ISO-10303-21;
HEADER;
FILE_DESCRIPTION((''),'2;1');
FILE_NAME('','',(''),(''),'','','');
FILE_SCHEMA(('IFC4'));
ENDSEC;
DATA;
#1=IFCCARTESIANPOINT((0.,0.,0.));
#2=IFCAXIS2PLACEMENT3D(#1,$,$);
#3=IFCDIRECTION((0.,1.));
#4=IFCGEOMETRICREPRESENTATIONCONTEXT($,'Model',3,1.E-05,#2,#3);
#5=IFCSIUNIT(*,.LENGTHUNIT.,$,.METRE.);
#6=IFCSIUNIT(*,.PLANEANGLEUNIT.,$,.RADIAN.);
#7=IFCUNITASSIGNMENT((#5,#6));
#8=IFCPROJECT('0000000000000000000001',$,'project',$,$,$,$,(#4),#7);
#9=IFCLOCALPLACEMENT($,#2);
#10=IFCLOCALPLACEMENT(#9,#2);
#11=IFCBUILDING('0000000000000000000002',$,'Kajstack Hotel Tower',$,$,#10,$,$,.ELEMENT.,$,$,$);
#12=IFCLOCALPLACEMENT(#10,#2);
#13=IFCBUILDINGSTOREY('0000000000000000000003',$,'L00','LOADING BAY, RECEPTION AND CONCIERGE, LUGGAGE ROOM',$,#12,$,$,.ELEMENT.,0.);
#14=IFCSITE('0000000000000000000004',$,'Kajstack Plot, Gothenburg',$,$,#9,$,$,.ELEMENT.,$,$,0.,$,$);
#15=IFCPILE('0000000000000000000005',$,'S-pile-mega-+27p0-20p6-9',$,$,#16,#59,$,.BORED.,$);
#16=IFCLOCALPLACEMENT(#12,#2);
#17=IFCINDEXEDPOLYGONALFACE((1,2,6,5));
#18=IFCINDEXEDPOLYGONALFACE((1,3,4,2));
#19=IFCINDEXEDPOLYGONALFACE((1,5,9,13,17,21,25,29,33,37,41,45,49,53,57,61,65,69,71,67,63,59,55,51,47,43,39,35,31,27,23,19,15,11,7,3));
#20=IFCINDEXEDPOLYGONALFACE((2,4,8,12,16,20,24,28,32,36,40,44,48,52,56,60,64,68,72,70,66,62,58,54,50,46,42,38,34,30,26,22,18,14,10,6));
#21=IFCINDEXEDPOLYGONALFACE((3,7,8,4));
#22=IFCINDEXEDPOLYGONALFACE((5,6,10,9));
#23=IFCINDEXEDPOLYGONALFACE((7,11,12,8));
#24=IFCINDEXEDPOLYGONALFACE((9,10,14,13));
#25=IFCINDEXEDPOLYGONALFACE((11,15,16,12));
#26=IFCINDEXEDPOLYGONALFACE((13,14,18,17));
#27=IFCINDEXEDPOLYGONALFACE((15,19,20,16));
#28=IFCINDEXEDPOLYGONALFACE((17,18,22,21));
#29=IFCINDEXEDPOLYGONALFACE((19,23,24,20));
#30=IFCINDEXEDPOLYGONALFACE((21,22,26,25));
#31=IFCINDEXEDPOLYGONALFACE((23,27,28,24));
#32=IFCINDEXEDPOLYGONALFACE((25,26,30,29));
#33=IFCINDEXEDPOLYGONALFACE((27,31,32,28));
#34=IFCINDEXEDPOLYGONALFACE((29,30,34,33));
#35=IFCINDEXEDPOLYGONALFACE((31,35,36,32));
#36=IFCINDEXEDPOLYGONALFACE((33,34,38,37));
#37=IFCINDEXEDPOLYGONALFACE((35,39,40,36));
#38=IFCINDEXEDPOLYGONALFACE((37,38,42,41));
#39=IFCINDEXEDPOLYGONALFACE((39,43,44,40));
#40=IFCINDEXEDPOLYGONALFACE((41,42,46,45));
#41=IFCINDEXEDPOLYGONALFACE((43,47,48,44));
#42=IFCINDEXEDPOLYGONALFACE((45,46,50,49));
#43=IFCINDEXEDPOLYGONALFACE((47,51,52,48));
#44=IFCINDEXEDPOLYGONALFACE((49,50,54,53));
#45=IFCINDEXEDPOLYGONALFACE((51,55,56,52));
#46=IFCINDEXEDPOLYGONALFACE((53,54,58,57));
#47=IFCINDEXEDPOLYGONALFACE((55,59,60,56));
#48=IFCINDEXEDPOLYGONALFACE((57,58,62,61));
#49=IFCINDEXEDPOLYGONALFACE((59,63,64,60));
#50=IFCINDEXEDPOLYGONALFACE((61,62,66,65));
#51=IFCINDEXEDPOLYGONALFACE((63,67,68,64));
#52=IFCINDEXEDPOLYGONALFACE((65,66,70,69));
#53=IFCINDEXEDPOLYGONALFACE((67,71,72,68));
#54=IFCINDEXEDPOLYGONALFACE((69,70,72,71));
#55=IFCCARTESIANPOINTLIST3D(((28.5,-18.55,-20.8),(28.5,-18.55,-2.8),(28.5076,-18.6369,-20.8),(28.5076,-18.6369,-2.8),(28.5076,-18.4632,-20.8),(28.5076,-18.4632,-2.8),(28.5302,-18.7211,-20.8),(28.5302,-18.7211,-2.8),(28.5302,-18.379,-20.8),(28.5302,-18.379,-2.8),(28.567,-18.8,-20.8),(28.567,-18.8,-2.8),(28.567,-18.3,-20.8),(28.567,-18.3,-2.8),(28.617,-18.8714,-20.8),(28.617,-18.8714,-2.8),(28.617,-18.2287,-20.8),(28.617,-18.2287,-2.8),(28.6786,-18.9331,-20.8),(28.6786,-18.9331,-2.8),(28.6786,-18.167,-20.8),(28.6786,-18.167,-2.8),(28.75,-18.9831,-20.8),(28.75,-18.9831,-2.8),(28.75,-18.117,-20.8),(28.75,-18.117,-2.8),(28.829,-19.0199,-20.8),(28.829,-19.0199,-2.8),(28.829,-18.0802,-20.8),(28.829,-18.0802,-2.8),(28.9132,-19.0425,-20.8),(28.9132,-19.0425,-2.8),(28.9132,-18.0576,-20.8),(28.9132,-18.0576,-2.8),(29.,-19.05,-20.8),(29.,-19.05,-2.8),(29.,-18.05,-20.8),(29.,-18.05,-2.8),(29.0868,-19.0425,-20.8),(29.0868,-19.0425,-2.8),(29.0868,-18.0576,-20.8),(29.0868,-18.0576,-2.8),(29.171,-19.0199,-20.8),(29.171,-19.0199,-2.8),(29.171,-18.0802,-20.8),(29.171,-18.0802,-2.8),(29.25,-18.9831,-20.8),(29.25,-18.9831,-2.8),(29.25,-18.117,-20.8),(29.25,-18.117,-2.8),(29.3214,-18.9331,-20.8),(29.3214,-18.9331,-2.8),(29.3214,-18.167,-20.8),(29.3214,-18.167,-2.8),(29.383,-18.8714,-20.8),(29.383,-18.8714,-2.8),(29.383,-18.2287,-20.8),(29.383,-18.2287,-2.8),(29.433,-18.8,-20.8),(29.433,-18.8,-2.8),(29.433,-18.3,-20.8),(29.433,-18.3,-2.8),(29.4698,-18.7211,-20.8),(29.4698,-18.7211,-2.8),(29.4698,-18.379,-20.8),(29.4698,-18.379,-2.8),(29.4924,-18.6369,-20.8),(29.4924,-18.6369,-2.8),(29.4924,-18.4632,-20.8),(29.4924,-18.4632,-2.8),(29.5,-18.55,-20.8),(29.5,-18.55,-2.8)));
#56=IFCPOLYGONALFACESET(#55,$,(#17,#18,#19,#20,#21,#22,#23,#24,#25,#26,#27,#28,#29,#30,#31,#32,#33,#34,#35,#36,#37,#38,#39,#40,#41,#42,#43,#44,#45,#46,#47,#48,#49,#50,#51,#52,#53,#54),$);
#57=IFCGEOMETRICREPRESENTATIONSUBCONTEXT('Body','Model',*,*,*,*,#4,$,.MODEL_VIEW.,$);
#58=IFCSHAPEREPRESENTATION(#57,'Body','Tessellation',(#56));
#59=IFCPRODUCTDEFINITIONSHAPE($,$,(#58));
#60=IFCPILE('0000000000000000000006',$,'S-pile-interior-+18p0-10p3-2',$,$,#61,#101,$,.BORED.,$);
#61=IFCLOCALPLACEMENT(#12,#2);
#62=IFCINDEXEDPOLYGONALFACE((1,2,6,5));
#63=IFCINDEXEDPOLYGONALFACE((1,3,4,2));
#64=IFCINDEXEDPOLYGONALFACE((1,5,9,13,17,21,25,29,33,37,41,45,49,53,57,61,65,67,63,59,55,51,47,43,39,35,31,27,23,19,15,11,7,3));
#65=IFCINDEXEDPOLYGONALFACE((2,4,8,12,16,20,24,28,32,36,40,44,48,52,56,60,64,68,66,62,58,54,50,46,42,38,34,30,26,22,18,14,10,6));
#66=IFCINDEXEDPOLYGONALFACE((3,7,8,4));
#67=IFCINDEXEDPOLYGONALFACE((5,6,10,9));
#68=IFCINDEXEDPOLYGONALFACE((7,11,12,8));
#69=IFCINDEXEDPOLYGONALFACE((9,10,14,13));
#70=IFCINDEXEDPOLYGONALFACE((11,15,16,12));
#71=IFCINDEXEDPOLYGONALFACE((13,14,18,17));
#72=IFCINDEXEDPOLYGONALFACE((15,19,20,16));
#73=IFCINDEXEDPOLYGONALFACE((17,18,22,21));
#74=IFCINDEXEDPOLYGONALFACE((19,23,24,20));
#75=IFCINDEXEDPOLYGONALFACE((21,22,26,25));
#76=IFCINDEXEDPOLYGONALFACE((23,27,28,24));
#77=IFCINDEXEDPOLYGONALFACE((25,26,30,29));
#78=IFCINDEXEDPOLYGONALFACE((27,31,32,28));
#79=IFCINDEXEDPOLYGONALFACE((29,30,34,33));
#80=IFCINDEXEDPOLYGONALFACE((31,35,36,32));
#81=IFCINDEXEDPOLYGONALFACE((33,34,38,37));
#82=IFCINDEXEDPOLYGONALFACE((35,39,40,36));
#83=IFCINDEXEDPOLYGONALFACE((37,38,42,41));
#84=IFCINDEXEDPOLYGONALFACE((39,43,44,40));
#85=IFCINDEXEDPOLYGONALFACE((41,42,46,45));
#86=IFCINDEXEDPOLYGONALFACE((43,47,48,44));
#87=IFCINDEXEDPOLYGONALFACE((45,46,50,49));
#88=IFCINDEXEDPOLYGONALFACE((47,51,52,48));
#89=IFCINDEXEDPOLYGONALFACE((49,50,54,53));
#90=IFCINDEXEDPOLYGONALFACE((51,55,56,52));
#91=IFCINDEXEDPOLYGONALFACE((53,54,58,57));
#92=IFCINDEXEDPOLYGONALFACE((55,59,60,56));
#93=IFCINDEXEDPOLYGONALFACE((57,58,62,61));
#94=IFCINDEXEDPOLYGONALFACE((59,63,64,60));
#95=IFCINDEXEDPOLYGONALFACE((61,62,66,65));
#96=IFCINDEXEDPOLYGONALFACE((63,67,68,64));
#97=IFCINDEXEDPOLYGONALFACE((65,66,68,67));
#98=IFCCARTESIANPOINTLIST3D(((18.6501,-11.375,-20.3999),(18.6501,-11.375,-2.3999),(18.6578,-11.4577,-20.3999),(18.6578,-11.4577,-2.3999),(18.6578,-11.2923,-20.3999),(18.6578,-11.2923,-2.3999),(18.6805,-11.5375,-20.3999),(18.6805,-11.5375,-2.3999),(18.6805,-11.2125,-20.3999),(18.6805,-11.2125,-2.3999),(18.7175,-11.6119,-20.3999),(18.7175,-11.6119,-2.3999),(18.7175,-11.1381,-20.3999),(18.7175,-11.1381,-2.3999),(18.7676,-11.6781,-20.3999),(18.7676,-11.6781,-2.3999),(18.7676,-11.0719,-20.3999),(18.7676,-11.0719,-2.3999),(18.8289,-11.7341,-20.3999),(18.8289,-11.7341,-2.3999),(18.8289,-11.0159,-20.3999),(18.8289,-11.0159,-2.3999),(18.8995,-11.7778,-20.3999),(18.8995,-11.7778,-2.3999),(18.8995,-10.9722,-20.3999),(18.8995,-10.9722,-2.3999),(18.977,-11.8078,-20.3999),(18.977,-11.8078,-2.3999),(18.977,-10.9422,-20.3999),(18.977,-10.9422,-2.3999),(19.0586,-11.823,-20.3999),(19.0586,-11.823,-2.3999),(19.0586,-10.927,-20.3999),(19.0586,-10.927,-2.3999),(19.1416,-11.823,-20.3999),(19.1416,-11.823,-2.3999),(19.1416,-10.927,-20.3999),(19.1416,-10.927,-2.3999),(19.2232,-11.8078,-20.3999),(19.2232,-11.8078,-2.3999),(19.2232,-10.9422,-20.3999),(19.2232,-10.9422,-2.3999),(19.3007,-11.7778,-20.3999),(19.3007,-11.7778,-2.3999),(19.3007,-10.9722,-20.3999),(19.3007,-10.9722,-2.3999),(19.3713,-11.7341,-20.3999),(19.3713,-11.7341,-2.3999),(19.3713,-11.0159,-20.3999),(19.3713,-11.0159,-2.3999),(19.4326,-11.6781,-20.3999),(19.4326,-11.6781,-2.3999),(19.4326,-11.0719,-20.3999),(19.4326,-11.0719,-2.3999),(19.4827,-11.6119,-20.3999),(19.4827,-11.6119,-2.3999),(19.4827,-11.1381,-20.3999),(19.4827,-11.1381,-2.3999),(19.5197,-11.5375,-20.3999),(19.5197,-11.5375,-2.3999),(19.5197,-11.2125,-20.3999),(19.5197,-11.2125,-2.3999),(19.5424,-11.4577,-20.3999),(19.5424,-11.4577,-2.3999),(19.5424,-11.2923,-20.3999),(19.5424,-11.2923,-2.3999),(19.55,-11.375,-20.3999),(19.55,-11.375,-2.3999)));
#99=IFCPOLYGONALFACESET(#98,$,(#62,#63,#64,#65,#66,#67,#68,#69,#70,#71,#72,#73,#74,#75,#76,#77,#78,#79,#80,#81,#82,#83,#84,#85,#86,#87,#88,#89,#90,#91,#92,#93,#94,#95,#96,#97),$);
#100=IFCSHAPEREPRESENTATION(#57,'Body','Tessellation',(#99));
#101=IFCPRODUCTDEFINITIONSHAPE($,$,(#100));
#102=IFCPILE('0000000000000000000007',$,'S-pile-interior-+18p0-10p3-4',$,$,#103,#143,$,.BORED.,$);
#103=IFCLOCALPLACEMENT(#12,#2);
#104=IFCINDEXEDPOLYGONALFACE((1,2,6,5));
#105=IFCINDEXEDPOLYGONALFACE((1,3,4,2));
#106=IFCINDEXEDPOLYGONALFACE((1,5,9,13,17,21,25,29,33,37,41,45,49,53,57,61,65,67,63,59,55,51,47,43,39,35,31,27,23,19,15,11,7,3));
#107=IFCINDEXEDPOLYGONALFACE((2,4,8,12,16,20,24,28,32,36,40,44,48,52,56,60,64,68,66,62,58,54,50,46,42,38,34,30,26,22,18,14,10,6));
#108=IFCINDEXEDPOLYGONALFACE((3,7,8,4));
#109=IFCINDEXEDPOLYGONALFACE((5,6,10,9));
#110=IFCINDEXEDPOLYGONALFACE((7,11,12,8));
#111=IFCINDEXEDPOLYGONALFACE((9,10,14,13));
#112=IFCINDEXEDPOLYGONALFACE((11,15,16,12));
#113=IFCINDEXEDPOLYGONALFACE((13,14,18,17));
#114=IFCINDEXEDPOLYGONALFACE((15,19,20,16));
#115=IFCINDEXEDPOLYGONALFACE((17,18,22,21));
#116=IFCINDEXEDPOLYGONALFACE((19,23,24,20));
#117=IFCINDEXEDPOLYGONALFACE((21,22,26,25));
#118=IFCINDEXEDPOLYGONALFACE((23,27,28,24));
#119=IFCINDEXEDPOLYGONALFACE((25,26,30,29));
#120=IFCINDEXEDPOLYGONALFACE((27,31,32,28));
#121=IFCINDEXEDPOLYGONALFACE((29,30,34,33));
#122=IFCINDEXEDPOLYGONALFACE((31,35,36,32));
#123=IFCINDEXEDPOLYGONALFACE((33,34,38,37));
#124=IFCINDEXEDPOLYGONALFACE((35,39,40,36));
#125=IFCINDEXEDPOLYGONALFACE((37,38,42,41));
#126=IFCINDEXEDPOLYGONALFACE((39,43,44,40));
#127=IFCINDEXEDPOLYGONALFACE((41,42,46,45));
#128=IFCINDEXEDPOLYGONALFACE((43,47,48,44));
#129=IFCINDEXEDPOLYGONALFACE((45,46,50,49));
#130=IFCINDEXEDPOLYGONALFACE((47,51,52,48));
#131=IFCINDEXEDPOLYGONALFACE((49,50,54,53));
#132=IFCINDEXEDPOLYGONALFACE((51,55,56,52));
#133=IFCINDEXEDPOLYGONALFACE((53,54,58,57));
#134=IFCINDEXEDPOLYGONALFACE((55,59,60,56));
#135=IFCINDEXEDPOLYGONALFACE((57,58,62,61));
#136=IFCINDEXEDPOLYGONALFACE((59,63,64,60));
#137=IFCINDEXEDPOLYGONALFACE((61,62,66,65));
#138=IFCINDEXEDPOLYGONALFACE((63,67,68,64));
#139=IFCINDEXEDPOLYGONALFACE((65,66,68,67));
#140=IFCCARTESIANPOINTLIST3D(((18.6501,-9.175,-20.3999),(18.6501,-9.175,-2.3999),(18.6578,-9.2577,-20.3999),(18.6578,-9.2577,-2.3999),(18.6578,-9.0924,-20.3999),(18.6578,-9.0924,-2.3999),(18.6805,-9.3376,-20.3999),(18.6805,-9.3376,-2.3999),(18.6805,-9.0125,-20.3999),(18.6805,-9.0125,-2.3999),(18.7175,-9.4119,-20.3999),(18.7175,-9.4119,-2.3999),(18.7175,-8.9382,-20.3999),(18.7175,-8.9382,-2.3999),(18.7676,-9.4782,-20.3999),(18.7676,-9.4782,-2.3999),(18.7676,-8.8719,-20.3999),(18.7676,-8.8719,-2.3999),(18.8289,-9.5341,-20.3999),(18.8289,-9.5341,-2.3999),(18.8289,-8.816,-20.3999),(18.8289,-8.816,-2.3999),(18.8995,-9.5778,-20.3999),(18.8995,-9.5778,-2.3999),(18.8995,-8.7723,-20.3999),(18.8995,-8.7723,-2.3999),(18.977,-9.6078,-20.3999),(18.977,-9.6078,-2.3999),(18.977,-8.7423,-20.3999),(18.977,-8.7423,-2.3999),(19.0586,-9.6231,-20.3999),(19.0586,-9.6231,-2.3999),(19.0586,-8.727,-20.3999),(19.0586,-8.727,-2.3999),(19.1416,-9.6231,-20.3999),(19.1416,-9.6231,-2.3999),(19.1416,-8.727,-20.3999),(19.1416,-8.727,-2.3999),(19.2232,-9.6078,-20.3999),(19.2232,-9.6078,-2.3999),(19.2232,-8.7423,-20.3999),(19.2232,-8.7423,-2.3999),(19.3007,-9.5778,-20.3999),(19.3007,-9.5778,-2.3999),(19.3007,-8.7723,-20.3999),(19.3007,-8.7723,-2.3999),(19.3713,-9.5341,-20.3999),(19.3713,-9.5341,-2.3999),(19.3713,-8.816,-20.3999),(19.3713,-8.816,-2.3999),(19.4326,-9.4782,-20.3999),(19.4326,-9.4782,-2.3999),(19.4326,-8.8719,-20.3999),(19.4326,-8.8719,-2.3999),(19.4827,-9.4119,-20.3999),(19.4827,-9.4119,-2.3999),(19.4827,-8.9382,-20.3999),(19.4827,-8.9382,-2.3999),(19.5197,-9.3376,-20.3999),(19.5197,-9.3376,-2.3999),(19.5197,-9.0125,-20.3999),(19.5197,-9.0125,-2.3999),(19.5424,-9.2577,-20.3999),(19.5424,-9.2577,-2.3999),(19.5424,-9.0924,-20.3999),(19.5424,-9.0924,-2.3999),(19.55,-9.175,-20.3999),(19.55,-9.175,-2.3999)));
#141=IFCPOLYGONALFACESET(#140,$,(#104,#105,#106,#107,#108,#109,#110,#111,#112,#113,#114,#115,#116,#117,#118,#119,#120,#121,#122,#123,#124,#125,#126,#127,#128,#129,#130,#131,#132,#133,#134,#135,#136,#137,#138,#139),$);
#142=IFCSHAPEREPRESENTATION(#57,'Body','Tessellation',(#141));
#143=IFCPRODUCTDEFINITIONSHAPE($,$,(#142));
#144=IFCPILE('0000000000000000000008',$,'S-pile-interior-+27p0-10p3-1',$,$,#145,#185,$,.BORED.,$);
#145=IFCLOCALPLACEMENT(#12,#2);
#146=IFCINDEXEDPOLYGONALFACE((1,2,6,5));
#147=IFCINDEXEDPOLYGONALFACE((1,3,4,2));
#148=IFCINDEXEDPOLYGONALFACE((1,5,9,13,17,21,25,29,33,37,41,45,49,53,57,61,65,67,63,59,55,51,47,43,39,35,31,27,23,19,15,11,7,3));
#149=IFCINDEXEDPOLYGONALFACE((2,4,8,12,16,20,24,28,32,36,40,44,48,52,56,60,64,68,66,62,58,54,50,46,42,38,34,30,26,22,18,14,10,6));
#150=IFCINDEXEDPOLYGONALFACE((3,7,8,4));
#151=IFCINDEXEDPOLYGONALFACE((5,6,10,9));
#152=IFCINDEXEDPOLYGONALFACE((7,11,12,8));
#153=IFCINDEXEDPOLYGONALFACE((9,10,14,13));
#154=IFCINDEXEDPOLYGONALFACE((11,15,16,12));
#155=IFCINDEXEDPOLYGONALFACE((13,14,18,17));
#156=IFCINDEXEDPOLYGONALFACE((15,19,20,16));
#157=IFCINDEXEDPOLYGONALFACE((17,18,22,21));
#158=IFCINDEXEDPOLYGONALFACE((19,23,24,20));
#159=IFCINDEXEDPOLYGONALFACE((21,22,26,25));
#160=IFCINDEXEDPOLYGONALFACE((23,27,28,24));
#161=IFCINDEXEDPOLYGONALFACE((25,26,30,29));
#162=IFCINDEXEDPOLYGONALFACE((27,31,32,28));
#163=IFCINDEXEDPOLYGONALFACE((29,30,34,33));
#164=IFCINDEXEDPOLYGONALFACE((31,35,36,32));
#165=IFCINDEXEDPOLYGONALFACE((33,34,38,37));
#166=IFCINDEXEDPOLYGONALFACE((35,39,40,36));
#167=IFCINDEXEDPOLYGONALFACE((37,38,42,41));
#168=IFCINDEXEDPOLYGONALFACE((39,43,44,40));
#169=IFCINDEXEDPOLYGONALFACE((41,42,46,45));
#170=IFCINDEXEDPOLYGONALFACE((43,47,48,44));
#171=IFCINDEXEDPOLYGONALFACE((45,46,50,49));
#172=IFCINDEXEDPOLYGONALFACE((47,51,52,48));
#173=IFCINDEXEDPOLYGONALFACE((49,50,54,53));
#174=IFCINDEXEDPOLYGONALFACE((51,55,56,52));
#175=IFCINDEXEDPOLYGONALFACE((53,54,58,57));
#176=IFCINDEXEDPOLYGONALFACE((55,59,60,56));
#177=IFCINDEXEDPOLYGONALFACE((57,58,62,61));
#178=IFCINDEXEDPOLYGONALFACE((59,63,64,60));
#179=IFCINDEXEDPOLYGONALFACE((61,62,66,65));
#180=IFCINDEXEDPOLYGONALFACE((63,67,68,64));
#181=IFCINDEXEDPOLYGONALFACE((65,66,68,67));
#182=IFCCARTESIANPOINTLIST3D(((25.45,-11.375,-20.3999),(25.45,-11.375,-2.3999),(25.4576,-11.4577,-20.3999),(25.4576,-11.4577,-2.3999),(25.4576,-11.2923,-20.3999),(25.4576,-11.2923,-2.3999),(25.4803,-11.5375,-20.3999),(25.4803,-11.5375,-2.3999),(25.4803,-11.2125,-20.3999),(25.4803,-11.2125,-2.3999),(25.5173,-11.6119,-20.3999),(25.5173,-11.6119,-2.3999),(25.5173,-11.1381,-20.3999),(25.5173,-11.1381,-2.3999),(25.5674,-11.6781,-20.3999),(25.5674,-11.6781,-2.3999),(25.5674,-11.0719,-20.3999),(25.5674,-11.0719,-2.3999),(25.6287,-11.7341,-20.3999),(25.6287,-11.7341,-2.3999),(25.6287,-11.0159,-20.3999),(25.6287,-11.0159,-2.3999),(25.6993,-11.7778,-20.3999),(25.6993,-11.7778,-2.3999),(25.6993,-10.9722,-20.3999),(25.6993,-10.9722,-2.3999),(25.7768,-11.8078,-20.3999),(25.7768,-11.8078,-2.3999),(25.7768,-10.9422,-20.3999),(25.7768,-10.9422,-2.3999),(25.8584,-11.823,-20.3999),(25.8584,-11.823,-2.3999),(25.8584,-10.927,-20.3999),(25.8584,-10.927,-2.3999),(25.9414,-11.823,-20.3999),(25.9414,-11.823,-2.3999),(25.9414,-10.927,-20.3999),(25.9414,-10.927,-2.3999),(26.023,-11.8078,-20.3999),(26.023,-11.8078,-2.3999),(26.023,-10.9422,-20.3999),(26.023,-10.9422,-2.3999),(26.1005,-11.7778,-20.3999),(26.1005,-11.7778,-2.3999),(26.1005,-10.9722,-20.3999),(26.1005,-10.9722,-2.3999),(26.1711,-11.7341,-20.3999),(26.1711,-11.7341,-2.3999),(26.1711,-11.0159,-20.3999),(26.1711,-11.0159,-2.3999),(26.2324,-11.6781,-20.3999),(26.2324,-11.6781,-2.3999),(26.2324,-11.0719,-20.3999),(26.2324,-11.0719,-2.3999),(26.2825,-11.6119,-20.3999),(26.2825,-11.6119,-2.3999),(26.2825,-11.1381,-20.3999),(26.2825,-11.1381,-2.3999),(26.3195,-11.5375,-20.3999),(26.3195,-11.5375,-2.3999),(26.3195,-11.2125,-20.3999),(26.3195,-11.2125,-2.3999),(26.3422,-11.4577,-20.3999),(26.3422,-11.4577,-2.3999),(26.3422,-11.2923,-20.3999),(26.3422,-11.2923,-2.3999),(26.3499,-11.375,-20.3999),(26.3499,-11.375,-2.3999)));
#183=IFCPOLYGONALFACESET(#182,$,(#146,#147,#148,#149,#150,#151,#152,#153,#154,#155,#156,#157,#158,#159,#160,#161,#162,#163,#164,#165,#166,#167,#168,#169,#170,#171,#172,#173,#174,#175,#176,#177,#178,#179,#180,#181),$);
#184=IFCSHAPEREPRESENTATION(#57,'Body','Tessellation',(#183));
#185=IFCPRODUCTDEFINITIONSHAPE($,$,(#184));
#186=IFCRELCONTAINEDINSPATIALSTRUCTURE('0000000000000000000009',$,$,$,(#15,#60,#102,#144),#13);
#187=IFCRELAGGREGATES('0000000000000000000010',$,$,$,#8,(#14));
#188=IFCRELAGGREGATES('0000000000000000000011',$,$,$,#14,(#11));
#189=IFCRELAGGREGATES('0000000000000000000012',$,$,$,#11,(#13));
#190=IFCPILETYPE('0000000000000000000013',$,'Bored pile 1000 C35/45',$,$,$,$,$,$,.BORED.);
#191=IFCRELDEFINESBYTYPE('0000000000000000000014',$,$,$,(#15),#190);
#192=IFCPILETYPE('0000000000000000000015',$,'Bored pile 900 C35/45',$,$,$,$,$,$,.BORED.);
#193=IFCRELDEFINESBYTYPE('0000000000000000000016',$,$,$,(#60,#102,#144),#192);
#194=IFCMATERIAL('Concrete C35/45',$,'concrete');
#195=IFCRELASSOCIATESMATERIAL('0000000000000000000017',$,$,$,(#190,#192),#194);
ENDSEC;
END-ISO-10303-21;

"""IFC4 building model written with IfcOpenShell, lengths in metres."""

from ifc_helpers import new_model, si_unit, direction, frame, origin, origin_2d, place, context, subcontext, project, spatial, circle, extrude, material, material_profile, profile_set, type_object, element, save


model = new_model("IFC4")

# Units and contexts
model_context = context("Model", 3, precision=1e-05, world=origin(), true_north=direction((0.0, 1.0)))
body_context = subcontext(model_context, "Body", "Model", "MODEL_VIEW")
ifc_project = project(units=[si_unit("LENGTHUNIT", "METRE"), si_unit("PLANEANGLEUNIT", "RADIAN")], contexts=[model_context])

# Site, building, storey
site_placement = place(None, origin())
site = spatial("IfcSite", under=ifc_project, at=site_placement, Name="Kajstack Plot, Gothenburg", CompositionType="ELEMENT", RefElevation=0.0)
building_placement = place(site_placement, origin())
building = spatial("IfcBuilding", under=site, at=building_placement, Name="Kajstack Hotel Tower", CompositionType="ELEMENT")
storey_placement = place(building_placement, origin())
storey = spatial("IfcBuildingStorey", under=building, at=storey_placement, Name="L00", Description="LOADING BAY, RECEPTION AND CONCIERGE, LUGGAGE ROOM", CompositionType="ELEMENT", Elevation=0.0)

# Piles
ifc_material_1 = material(Name="Concrete C35/45", Category="concrete")
ifc_material_profile_1 = material_profile(ifc_material_1, circle(Radius=0.5, at=origin_2d()), Name="RC round 1000")
ifc_profile_set_1 = profile_set([ifc_material_profile_1], Name="Concrete C35/45")
pile_type_1 = type_object("IfcPileType", Name="Bored pile 1000 C35/45", PredefinedType="BORED", material=ifc_profile_set_1)
for number, where, z_axis, x_axis, name in (
    (1, (29.0, -18.55, -2.8), (0.0, 0.0, -1.0), (1.0, 0.0, 0.0), "S-pile-mega-+27p0-20p6-9"),
):
    element("IfcPile", number, at=place(storey_placement, frame(where, z_axis=z_axis, x_axis=x_axis)), inside=storey, type_object=pile_type_1, Name=name, PredefinedType="BORED", context=body_context, shape_type="SweptSolid", body=[
        extrude(circle(Radius=0.5, at=origin_2d()), origin(), (0.0, 0.0, 1.0), 18.0),
    ])
ifc_material_profile_2 = material_profile(ifc_material_1, circle(Radius=0.45, at=origin_2d()), Name="RC round 900")
ifc_profile_set_2 = profile_set([ifc_material_profile_2], Name="Concrete C35/45")
pile_type_2 = type_object("IfcPileType", Name="Bored pile 900 C35/45", PredefinedType="BORED", material=ifc_profile_set_2)
for number, where, z_axis, x_axis, name in (
    (2, (19.1001, -11.375, -2.3999), (0.0, 0.0, -1.0), (1.0, 0.0, 0.0), "S-pile-interior-+18p0-10p3-2"),
    (3, (19.1001, -9.175, -2.3999), (0.0, 0.0, -1.0), (1.0, 0.0, 0.0), "S-pile-interior-+18p0-10p3-4"),
    (4, (25.8999, -11.375, -2.3999), (0.0, 0.0, -1.0), (1.0, 0.0, 0.0), "S-pile-interior-+27p0-10p3-1"),
):
    element("IfcPile", number, at=place(storey_placement, frame(where, z_axis=z_axis, x_axis=x_axis)), inside=storey, type_object=pile_type_2, Name=name, PredefinedType="BORED", context=body_context, shape_type="SweptSolid", body=[
        extrude(circle(Radius=0.45, at=origin_2d()), origin(), (0.0, 0.0, 1.0), 18.0),
    ])

save(model, "model.ifc")
